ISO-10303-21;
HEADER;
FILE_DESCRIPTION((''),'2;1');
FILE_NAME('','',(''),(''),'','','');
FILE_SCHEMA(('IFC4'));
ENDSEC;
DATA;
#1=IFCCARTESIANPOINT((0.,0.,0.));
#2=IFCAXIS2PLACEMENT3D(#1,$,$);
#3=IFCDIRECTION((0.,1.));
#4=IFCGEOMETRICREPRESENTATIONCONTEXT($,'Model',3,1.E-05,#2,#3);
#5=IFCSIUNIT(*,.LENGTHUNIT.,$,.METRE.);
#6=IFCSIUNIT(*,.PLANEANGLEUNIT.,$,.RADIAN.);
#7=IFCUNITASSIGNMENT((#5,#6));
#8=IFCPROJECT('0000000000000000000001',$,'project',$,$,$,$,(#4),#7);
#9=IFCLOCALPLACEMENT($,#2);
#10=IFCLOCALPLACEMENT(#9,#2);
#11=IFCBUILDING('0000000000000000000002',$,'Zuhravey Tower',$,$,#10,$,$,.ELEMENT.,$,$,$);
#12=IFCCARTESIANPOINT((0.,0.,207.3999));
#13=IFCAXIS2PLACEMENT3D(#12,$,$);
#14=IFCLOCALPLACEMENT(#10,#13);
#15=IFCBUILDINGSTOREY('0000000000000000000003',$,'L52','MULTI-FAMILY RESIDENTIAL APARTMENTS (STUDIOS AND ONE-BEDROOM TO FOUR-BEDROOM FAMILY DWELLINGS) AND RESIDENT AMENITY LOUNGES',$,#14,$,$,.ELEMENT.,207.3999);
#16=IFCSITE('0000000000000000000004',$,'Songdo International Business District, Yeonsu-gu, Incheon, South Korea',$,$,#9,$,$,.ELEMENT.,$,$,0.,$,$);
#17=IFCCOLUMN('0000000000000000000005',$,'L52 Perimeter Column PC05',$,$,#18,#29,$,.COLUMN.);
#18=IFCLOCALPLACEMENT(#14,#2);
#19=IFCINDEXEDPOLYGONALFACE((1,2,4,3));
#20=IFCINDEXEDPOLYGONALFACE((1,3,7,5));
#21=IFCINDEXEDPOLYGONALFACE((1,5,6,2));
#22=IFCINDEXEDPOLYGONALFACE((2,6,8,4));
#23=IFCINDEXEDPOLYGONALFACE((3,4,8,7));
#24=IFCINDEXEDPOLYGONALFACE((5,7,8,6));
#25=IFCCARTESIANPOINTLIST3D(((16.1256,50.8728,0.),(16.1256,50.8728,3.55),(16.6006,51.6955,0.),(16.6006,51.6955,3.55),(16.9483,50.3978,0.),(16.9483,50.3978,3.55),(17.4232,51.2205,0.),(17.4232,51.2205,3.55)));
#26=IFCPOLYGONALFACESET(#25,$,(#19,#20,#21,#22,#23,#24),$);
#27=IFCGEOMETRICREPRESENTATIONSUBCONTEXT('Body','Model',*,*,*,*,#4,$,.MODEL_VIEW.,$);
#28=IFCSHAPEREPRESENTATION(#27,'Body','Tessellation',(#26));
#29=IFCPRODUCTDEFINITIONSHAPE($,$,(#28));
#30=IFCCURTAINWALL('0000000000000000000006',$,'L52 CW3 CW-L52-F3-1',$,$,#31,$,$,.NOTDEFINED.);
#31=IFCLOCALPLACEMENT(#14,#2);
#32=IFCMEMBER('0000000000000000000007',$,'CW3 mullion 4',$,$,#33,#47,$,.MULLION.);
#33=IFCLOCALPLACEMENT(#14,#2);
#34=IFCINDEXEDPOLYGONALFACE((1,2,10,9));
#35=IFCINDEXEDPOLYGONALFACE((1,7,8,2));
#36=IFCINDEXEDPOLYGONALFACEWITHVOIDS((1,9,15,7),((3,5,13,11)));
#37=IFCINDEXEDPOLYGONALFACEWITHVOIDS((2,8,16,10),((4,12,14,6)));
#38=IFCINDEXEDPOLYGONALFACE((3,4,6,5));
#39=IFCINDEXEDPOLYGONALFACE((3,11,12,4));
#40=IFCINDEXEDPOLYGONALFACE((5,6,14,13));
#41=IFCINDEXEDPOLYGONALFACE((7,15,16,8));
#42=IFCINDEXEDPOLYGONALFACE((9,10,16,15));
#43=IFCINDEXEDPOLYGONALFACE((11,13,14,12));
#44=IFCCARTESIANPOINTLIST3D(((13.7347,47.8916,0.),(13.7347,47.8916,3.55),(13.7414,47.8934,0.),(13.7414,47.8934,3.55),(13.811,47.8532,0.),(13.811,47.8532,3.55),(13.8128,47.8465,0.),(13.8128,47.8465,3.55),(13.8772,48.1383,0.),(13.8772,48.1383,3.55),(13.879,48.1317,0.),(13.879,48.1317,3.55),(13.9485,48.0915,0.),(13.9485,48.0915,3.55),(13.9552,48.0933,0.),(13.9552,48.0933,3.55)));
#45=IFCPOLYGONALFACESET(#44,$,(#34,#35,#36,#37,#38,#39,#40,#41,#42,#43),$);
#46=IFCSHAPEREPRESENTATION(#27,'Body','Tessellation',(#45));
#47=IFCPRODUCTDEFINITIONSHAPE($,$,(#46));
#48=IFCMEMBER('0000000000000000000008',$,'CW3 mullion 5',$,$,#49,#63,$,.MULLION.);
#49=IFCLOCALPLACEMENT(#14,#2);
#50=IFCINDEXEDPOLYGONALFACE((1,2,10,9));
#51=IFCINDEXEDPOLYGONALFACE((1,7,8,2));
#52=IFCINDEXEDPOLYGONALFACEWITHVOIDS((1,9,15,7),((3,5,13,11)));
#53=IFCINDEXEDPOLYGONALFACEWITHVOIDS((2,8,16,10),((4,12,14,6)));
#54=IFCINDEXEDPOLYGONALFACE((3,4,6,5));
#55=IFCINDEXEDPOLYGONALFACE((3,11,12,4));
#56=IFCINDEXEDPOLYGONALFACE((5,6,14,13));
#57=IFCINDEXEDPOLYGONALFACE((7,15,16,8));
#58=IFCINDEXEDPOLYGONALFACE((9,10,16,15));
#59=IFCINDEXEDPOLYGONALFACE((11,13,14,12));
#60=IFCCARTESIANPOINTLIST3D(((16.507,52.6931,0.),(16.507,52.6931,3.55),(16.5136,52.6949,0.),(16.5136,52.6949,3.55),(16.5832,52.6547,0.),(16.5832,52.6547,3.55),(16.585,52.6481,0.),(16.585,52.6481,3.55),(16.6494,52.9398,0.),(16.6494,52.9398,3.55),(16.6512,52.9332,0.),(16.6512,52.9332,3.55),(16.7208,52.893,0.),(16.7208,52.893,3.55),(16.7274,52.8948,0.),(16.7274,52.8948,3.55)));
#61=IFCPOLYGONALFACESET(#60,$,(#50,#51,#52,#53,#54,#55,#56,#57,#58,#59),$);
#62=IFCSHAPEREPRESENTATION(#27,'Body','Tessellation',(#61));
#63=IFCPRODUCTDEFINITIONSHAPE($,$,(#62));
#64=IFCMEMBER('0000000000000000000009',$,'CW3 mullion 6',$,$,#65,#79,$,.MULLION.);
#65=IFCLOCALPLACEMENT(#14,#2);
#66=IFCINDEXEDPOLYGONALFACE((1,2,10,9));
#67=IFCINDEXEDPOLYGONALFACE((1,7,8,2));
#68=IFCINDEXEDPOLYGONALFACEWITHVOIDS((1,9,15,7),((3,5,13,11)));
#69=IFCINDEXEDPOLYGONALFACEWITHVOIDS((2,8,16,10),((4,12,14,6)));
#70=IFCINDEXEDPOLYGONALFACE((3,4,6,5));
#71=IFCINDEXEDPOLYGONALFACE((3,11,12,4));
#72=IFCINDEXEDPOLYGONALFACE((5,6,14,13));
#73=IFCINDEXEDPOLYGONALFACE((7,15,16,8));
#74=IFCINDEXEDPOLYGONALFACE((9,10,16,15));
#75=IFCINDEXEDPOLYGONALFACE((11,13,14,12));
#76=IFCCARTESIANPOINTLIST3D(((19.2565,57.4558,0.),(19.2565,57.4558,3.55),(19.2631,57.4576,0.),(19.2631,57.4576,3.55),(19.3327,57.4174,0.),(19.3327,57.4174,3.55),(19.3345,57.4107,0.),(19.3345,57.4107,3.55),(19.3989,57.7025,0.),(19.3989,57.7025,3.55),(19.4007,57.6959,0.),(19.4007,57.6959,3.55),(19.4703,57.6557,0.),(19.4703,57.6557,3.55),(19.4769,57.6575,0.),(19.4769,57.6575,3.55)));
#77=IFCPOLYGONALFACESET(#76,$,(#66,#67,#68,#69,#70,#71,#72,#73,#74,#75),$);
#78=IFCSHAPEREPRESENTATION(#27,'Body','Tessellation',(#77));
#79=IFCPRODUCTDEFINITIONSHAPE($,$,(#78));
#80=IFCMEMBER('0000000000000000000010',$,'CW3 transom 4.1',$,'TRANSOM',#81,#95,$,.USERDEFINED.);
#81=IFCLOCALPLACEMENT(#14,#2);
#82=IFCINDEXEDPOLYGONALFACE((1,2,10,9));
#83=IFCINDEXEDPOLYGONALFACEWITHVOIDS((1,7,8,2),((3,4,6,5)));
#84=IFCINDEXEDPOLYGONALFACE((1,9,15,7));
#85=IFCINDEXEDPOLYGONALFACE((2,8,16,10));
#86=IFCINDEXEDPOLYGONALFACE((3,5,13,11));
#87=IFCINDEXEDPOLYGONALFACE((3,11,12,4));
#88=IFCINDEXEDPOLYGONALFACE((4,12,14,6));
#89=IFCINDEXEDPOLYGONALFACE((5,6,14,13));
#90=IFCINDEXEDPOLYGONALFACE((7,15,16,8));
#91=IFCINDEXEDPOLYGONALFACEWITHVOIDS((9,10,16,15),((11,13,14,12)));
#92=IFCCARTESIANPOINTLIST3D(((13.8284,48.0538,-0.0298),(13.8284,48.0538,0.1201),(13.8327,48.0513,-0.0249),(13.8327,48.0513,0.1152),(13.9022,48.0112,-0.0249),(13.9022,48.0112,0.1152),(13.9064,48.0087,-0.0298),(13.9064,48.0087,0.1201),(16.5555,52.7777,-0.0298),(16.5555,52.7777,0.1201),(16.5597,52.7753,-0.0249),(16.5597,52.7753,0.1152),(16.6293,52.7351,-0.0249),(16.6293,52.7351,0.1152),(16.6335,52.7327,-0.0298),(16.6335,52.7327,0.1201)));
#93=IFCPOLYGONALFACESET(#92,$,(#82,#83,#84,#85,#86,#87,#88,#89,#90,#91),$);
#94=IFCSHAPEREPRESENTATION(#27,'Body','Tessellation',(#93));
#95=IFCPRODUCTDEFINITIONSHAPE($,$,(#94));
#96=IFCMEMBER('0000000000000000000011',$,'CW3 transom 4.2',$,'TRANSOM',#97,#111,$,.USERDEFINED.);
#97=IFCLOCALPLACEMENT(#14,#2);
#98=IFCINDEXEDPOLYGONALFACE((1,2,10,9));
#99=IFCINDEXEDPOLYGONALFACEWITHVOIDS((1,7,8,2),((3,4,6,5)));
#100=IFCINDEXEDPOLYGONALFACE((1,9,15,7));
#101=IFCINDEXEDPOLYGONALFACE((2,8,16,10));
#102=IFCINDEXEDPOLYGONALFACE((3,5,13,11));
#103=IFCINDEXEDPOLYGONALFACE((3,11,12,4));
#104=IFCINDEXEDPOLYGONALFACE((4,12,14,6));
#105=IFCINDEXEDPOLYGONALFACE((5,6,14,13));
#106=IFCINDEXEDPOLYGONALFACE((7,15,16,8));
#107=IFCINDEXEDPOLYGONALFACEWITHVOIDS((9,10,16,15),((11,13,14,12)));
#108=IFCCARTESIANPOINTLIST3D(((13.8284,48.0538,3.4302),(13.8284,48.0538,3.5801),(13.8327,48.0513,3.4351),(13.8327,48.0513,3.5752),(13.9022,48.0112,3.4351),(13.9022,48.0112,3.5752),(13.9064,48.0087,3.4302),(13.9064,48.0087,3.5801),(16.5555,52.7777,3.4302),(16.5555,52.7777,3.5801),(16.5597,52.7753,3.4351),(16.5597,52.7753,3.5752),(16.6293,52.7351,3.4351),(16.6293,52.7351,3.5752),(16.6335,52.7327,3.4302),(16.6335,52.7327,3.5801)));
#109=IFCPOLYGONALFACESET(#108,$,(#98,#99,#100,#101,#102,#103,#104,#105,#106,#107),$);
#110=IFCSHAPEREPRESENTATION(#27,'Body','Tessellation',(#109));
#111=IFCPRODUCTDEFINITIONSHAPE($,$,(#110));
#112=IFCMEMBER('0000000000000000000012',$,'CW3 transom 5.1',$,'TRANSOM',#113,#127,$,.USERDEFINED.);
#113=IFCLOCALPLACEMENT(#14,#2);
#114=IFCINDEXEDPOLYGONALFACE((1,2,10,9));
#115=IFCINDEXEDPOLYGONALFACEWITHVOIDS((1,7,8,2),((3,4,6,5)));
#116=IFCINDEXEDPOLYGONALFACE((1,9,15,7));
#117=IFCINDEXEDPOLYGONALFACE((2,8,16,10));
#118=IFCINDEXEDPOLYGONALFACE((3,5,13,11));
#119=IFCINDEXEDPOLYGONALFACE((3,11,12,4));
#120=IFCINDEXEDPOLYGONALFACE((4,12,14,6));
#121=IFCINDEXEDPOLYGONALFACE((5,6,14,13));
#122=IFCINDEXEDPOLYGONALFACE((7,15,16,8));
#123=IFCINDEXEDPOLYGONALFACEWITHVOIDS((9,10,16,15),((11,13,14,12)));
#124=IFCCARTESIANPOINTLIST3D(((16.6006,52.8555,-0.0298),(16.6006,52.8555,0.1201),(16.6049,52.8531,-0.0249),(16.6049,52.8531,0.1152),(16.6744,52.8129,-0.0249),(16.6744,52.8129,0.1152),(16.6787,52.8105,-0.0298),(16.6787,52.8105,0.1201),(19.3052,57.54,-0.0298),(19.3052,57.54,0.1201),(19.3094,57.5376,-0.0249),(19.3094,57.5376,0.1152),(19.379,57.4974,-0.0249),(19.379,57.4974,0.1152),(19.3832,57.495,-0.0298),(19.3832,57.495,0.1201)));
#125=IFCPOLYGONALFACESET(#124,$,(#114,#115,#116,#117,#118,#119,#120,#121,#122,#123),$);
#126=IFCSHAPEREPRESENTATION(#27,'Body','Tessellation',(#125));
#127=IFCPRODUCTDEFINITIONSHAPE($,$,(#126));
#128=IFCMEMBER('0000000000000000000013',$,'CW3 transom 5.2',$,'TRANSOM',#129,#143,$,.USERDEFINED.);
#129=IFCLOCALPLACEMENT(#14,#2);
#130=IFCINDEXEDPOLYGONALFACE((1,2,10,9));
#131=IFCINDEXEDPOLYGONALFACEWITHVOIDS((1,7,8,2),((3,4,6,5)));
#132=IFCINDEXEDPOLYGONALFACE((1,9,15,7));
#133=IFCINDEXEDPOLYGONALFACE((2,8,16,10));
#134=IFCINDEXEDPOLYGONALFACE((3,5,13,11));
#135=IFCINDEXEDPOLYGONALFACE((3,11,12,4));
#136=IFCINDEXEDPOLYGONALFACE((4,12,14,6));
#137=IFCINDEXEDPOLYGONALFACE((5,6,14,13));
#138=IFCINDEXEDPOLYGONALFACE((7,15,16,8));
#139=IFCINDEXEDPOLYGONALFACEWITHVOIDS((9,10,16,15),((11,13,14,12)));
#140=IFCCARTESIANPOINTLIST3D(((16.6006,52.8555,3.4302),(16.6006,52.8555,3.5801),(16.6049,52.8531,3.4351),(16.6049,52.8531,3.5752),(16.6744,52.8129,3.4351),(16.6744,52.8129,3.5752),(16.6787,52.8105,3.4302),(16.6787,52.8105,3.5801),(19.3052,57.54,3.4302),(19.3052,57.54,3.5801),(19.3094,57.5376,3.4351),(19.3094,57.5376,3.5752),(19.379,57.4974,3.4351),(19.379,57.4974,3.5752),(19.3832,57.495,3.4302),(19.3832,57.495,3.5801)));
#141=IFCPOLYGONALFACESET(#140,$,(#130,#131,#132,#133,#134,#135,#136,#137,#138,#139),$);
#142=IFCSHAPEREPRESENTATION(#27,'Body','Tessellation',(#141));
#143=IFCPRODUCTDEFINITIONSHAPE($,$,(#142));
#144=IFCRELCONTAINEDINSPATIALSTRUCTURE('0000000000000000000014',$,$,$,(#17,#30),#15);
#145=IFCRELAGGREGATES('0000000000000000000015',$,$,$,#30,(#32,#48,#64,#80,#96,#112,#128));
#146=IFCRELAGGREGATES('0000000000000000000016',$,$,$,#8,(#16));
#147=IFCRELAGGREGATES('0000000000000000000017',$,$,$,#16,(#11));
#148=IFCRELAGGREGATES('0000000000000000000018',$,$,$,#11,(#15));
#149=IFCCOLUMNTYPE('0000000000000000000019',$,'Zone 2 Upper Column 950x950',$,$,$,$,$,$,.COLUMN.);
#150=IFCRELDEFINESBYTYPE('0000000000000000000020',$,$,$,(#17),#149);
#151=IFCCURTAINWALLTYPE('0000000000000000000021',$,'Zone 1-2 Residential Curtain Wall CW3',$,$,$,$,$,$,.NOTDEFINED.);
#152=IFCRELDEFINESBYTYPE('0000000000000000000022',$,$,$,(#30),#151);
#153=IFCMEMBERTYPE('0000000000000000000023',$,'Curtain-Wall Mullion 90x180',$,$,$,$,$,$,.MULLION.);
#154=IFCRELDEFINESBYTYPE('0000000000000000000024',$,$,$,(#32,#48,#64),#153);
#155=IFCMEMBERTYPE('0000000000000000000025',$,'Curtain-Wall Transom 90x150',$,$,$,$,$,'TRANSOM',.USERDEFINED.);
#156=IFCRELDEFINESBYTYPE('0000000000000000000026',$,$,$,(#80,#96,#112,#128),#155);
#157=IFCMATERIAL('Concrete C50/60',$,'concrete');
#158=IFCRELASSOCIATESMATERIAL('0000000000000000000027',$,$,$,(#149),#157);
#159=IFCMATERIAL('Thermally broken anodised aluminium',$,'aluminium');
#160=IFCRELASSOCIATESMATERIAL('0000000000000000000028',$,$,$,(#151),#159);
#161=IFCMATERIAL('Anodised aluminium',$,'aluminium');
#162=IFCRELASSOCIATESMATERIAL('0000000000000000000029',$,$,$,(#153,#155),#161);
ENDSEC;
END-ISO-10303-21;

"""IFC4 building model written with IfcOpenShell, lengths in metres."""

from ifc_helpers import new_model, si_unit, direction, frame, origin, origin_2d, place, context, subcontext, project, spatial, rectangle, hollow_rectangle, extrude, material, material_profile, profile_set, type_object, element, aggregate, save


model = new_model("IFC4")

# Units and contexts
model_context = context("Model", 3, precision=1e-05, world=origin(), true_north=direction((0.0, 1.0)))
body_context = subcontext(model_context, "Body", "Model", "MODEL_VIEW")
ifc_project = project(units=[si_unit("LENGTHUNIT", "METRE"), si_unit("PLANEANGLEUNIT", "RADIAN")], contexts=[model_context])

# Site, building, storey
site_placement = place(None, origin())
site = spatial("IfcSite", under=ifc_project, at=site_placement, Name="Songdo International Business District, Yeonsu-gu, Incheon, South Korea", CompositionType="ELEMENT", RefElevation=0.0)
building_placement = place(site_placement, origin())
building = spatial("IfcBuilding", under=site, at=building_placement, Name="Zuhravey Tower", CompositionType="ELEMENT")
storey_placement = place(building_placement, frame((0.0, 0.0, 207.3999)))
storey = spatial("IfcBuildingStorey", under=building, at=storey_placement, Name="L52", Description="MULTI-FAMILY RESIDENTIAL APARTMENTS (STUDIOS AND ONE-BEDROOM TO FOUR-BEDROOM FAMILY DWELLINGS) AND RESIDENT AMENITY LOUNGES", CompositionType="ELEMENT", Elevation=207.3999)

# Column
ifc_material_1 = material(Name="Concrete C50/60", Category="concrete")
ifc_material_profile_1 = material_profile(ifc_material_1, rectangle(XDim=0.95, YDim=0.95, at=origin_2d()), Name="RC-950x950")
ifc_profile_set_1 = profile_set([ifc_material_profile_1], Name="Concrete C50/60")
column_type = type_object("IfcColumnType", Name="Zone 2 Upper Column 950x950", PredefinedType="COLUMN", material=ifc_profile_set_1)
column_placement = place(storey_placement, frame((16.7744, 51.0466, 0.0), z_axis=(0.0, 0.0, 1.0), x_axis=(-0.5, -0.866025, 0.0)))
element("IfcColumn", 1, at=column_placement, inside=storey, type_object=column_type, Name="L52 Perimeter Column PC05", PredefinedType="COLUMN", context=body_context, shape_type="SweptSolid", body=[
    extrude(rectangle(XDim=0.95, YDim=0.95, at=origin_2d()), origin(), (0.0, 0.0, 1.0), 3.55),
])

# Curtain wall, members
ifc_material_2 = material(Name="Thermally broken anodised aluminium", Category="aluminium")
curtain_wall_type = type_object("IfcCurtainWallType", Name="Zone 1-2 Residential Curtain Wall CW3", PredefinedType="NOTDEFINED", material=ifc_material_2)
curtain_wall_placement = place(storey_placement, origin())
curtain_wall = element("IfcCurtainWall", 2, at=curtain_wall_placement, inside=storey, type_object=curtain_wall_type, Name="L52 CW3 CW-L52-F3-1", PredefinedType="NOTDEFINED")
ifc_material_3 = material(Name="Anodised aluminium", Category="aluminium")
ifc_material_profile_2 = material_profile(ifc_material_3, hollow_rectangle(XDim=0.0901, YDim=0.2849, WallThickness=0.0049, at=origin_2d()), Name="ALU-RHS-90x285x5")
ifc_profile_set_2 = profile_set([ifc_material_profile_2], Name="Anodised aluminium")
member_type_1 = type_object("IfcMemberType", Name="Curtain-Wall Mullion 90x180", PredefinedType="MULLION", material=ifc_profile_set_2)
member_1_placement = place(storey_placement, frame((13.845, 47.9924, 0.0), z_axis=(0.0, 0.0, 1.0), x_axis=(-0.866025, 0.5, 0.0)))
member_1 = element("IfcMember", 3, at=member_1_placement, type_object=member_type_1, Name="CW3 mullion 4", PredefinedType="MULLION", context=body_context, shape_type="SweptSolid", body=[
    extrude(hollow_rectangle(XDim=0.0901, YDim=0.2849, WallThickness=0.0049, at=origin_2d()), origin(), (0.0, 0.0, 1.0), 3.55),
])
member_2_placement = place(storey_placement, frame((16.6172, 52.7939, 0.0), z_axis=(0.0, 0.0, 1.0), x_axis=(-0.866025, 0.5, 0.0)))
member_2 = element("IfcMember", 4, at=member_2_placement, type_object=member_type_1, Name="CW3 mullion 5", PredefinedType="MULLION", context=body_context, shape_type="SweptSolid", body=[
    extrude(hollow_rectangle(XDim=0.0901, YDim=0.2849, WallThickness=0.0049, at=origin_2d()), origin(), (0.0, 0.0, 1.0), 3.55),
])
member_3_placement = place(storey_placement, frame((19.3667, 57.5566, 0.0), z_axis=(0.0, 0.0, 1.0), x_axis=(-0.866025, 0.5, 0.0)))
member_3 = element("IfcMember", 5, at=member_3_placement, type_object=member_type_1, Name="CW3 mullion 6", PredefinedType="MULLION", context=body_context, shape_type="SweptSolid", body=[
    extrude(hollow_rectangle(XDim=0.0901, YDim=0.2849, WallThickness=0.0049, at=origin_2d()), origin(), (0.0, 0.0, 1.0), 3.55),
])
ifc_material_profile_3 = material_profile(ifc_material_3, hollow_rectangle(XDim=0.0901, YDim=0.1499, WallThickness=0.0049, at=origin_2d()), Name="ALU-RHS-90x150x5")
ifc_profile_set_3 = profile_set([ifc_material_profile_3], Name="Anodised aluminium")
member_type_2 = type_object("IfcMemberType", Name="Curtain-Wall Transom 90x150", ElementType="TRANSOM", PredefinedType="USERDEFINED", material=ifc_profile_set_3)
member_4_placement = place(storey_placement, frame((13.8674, 48.0312, 0.0452), z_axis=(0.499961, 0.866048, 0.0), x_axis=(-0.866048, 0.499961, 0.0)))
member_4 = element("IfcMember", 6, at=member_4_placement, type_object=member_type_2, Name="CW3 transom 4.1", ObjectType="TRANSOM", PredefinedType="USERDEFINED", context=body_context, shape_type="SweptSolid", body=[
    extrude(hollow_rectangle(XDim=0.0901, YDim=0.1499, WallThickness=0.0049, at=origin_2d()), origin(), (0.0, 0.0, 1.0), 5.4546),
])
member_5_placement = place(storey_placement, frame((13.8674, 48.0312, 3.5051), z_axis=(0.499961, 0.866048, 0.0), x_axis=(-0.866048, 0.499961, 0.0)))
member_5 = element("IfcMember", 7, at=member_5_placement, type_object=member_type_2, Name="CW3 transom 4.2", ObjectType="TRANSOM", PredefinedType="USERDEFINED", context=body_context, shape_type="SweptSolid", body=[
    extrude(hollow_rectangle(XDim=0.0901, YDim=0.1499, WallThickness=0.0049, at=origin_2d()), origin(), (0.0, 0.0, 1.0), 5.4546),
])
member_6_placement = place(storey_placement, frame((16.6396, 52.833, 0.0452), z_axis=(0.499993, 0.866029, 0.0), x_axis=(-0.866029, 0.499993, 0.0)))
member_6 = element("IfcMember", 8, at=member_6_placement, type_object=member_type_2, Name="CW3 transom 5.1", ObjectType="TRANSOM", PredefinedType="USERDEFINED", context=body_context, shape_type="SweptSolid", body=[
    extrude(hollow_rectangle(XDim=0.0901, YDim=0.1499, WallThickness=0.0049, at=origin_2d()), origin(), (0.0, 0.0, 1.0), 5.4092),
])
member_7_placement = place(storey_placement, frame((16.6396, 52.833, 3.5051), z_axis=(0.499993, 0.866029, 0.0), x_axis=(-0.866029, 0.499993, 0.0)))
member_7 = element("IfcMember", 9, at=member_7_placement, type_object=member_type_2, Name="CW3 transom 5.2", ObjectType="TRANSOM", PredefinedType="USERDEFINED", context=body_context, shape_type="SweptSolid", body=[
    extrude(hollow_rectangle(XDim=0.0901, YDim=0.1499, WallThickness=0.0049, at=origin_2d()), origin(), (0.0, 0.0, 1.0), 5.4092),
])

aggregate(curtain_wall, [member_1, member_2, member_3, member_4, member_5, member_6, member_7])

save(model, "model.ifc")
